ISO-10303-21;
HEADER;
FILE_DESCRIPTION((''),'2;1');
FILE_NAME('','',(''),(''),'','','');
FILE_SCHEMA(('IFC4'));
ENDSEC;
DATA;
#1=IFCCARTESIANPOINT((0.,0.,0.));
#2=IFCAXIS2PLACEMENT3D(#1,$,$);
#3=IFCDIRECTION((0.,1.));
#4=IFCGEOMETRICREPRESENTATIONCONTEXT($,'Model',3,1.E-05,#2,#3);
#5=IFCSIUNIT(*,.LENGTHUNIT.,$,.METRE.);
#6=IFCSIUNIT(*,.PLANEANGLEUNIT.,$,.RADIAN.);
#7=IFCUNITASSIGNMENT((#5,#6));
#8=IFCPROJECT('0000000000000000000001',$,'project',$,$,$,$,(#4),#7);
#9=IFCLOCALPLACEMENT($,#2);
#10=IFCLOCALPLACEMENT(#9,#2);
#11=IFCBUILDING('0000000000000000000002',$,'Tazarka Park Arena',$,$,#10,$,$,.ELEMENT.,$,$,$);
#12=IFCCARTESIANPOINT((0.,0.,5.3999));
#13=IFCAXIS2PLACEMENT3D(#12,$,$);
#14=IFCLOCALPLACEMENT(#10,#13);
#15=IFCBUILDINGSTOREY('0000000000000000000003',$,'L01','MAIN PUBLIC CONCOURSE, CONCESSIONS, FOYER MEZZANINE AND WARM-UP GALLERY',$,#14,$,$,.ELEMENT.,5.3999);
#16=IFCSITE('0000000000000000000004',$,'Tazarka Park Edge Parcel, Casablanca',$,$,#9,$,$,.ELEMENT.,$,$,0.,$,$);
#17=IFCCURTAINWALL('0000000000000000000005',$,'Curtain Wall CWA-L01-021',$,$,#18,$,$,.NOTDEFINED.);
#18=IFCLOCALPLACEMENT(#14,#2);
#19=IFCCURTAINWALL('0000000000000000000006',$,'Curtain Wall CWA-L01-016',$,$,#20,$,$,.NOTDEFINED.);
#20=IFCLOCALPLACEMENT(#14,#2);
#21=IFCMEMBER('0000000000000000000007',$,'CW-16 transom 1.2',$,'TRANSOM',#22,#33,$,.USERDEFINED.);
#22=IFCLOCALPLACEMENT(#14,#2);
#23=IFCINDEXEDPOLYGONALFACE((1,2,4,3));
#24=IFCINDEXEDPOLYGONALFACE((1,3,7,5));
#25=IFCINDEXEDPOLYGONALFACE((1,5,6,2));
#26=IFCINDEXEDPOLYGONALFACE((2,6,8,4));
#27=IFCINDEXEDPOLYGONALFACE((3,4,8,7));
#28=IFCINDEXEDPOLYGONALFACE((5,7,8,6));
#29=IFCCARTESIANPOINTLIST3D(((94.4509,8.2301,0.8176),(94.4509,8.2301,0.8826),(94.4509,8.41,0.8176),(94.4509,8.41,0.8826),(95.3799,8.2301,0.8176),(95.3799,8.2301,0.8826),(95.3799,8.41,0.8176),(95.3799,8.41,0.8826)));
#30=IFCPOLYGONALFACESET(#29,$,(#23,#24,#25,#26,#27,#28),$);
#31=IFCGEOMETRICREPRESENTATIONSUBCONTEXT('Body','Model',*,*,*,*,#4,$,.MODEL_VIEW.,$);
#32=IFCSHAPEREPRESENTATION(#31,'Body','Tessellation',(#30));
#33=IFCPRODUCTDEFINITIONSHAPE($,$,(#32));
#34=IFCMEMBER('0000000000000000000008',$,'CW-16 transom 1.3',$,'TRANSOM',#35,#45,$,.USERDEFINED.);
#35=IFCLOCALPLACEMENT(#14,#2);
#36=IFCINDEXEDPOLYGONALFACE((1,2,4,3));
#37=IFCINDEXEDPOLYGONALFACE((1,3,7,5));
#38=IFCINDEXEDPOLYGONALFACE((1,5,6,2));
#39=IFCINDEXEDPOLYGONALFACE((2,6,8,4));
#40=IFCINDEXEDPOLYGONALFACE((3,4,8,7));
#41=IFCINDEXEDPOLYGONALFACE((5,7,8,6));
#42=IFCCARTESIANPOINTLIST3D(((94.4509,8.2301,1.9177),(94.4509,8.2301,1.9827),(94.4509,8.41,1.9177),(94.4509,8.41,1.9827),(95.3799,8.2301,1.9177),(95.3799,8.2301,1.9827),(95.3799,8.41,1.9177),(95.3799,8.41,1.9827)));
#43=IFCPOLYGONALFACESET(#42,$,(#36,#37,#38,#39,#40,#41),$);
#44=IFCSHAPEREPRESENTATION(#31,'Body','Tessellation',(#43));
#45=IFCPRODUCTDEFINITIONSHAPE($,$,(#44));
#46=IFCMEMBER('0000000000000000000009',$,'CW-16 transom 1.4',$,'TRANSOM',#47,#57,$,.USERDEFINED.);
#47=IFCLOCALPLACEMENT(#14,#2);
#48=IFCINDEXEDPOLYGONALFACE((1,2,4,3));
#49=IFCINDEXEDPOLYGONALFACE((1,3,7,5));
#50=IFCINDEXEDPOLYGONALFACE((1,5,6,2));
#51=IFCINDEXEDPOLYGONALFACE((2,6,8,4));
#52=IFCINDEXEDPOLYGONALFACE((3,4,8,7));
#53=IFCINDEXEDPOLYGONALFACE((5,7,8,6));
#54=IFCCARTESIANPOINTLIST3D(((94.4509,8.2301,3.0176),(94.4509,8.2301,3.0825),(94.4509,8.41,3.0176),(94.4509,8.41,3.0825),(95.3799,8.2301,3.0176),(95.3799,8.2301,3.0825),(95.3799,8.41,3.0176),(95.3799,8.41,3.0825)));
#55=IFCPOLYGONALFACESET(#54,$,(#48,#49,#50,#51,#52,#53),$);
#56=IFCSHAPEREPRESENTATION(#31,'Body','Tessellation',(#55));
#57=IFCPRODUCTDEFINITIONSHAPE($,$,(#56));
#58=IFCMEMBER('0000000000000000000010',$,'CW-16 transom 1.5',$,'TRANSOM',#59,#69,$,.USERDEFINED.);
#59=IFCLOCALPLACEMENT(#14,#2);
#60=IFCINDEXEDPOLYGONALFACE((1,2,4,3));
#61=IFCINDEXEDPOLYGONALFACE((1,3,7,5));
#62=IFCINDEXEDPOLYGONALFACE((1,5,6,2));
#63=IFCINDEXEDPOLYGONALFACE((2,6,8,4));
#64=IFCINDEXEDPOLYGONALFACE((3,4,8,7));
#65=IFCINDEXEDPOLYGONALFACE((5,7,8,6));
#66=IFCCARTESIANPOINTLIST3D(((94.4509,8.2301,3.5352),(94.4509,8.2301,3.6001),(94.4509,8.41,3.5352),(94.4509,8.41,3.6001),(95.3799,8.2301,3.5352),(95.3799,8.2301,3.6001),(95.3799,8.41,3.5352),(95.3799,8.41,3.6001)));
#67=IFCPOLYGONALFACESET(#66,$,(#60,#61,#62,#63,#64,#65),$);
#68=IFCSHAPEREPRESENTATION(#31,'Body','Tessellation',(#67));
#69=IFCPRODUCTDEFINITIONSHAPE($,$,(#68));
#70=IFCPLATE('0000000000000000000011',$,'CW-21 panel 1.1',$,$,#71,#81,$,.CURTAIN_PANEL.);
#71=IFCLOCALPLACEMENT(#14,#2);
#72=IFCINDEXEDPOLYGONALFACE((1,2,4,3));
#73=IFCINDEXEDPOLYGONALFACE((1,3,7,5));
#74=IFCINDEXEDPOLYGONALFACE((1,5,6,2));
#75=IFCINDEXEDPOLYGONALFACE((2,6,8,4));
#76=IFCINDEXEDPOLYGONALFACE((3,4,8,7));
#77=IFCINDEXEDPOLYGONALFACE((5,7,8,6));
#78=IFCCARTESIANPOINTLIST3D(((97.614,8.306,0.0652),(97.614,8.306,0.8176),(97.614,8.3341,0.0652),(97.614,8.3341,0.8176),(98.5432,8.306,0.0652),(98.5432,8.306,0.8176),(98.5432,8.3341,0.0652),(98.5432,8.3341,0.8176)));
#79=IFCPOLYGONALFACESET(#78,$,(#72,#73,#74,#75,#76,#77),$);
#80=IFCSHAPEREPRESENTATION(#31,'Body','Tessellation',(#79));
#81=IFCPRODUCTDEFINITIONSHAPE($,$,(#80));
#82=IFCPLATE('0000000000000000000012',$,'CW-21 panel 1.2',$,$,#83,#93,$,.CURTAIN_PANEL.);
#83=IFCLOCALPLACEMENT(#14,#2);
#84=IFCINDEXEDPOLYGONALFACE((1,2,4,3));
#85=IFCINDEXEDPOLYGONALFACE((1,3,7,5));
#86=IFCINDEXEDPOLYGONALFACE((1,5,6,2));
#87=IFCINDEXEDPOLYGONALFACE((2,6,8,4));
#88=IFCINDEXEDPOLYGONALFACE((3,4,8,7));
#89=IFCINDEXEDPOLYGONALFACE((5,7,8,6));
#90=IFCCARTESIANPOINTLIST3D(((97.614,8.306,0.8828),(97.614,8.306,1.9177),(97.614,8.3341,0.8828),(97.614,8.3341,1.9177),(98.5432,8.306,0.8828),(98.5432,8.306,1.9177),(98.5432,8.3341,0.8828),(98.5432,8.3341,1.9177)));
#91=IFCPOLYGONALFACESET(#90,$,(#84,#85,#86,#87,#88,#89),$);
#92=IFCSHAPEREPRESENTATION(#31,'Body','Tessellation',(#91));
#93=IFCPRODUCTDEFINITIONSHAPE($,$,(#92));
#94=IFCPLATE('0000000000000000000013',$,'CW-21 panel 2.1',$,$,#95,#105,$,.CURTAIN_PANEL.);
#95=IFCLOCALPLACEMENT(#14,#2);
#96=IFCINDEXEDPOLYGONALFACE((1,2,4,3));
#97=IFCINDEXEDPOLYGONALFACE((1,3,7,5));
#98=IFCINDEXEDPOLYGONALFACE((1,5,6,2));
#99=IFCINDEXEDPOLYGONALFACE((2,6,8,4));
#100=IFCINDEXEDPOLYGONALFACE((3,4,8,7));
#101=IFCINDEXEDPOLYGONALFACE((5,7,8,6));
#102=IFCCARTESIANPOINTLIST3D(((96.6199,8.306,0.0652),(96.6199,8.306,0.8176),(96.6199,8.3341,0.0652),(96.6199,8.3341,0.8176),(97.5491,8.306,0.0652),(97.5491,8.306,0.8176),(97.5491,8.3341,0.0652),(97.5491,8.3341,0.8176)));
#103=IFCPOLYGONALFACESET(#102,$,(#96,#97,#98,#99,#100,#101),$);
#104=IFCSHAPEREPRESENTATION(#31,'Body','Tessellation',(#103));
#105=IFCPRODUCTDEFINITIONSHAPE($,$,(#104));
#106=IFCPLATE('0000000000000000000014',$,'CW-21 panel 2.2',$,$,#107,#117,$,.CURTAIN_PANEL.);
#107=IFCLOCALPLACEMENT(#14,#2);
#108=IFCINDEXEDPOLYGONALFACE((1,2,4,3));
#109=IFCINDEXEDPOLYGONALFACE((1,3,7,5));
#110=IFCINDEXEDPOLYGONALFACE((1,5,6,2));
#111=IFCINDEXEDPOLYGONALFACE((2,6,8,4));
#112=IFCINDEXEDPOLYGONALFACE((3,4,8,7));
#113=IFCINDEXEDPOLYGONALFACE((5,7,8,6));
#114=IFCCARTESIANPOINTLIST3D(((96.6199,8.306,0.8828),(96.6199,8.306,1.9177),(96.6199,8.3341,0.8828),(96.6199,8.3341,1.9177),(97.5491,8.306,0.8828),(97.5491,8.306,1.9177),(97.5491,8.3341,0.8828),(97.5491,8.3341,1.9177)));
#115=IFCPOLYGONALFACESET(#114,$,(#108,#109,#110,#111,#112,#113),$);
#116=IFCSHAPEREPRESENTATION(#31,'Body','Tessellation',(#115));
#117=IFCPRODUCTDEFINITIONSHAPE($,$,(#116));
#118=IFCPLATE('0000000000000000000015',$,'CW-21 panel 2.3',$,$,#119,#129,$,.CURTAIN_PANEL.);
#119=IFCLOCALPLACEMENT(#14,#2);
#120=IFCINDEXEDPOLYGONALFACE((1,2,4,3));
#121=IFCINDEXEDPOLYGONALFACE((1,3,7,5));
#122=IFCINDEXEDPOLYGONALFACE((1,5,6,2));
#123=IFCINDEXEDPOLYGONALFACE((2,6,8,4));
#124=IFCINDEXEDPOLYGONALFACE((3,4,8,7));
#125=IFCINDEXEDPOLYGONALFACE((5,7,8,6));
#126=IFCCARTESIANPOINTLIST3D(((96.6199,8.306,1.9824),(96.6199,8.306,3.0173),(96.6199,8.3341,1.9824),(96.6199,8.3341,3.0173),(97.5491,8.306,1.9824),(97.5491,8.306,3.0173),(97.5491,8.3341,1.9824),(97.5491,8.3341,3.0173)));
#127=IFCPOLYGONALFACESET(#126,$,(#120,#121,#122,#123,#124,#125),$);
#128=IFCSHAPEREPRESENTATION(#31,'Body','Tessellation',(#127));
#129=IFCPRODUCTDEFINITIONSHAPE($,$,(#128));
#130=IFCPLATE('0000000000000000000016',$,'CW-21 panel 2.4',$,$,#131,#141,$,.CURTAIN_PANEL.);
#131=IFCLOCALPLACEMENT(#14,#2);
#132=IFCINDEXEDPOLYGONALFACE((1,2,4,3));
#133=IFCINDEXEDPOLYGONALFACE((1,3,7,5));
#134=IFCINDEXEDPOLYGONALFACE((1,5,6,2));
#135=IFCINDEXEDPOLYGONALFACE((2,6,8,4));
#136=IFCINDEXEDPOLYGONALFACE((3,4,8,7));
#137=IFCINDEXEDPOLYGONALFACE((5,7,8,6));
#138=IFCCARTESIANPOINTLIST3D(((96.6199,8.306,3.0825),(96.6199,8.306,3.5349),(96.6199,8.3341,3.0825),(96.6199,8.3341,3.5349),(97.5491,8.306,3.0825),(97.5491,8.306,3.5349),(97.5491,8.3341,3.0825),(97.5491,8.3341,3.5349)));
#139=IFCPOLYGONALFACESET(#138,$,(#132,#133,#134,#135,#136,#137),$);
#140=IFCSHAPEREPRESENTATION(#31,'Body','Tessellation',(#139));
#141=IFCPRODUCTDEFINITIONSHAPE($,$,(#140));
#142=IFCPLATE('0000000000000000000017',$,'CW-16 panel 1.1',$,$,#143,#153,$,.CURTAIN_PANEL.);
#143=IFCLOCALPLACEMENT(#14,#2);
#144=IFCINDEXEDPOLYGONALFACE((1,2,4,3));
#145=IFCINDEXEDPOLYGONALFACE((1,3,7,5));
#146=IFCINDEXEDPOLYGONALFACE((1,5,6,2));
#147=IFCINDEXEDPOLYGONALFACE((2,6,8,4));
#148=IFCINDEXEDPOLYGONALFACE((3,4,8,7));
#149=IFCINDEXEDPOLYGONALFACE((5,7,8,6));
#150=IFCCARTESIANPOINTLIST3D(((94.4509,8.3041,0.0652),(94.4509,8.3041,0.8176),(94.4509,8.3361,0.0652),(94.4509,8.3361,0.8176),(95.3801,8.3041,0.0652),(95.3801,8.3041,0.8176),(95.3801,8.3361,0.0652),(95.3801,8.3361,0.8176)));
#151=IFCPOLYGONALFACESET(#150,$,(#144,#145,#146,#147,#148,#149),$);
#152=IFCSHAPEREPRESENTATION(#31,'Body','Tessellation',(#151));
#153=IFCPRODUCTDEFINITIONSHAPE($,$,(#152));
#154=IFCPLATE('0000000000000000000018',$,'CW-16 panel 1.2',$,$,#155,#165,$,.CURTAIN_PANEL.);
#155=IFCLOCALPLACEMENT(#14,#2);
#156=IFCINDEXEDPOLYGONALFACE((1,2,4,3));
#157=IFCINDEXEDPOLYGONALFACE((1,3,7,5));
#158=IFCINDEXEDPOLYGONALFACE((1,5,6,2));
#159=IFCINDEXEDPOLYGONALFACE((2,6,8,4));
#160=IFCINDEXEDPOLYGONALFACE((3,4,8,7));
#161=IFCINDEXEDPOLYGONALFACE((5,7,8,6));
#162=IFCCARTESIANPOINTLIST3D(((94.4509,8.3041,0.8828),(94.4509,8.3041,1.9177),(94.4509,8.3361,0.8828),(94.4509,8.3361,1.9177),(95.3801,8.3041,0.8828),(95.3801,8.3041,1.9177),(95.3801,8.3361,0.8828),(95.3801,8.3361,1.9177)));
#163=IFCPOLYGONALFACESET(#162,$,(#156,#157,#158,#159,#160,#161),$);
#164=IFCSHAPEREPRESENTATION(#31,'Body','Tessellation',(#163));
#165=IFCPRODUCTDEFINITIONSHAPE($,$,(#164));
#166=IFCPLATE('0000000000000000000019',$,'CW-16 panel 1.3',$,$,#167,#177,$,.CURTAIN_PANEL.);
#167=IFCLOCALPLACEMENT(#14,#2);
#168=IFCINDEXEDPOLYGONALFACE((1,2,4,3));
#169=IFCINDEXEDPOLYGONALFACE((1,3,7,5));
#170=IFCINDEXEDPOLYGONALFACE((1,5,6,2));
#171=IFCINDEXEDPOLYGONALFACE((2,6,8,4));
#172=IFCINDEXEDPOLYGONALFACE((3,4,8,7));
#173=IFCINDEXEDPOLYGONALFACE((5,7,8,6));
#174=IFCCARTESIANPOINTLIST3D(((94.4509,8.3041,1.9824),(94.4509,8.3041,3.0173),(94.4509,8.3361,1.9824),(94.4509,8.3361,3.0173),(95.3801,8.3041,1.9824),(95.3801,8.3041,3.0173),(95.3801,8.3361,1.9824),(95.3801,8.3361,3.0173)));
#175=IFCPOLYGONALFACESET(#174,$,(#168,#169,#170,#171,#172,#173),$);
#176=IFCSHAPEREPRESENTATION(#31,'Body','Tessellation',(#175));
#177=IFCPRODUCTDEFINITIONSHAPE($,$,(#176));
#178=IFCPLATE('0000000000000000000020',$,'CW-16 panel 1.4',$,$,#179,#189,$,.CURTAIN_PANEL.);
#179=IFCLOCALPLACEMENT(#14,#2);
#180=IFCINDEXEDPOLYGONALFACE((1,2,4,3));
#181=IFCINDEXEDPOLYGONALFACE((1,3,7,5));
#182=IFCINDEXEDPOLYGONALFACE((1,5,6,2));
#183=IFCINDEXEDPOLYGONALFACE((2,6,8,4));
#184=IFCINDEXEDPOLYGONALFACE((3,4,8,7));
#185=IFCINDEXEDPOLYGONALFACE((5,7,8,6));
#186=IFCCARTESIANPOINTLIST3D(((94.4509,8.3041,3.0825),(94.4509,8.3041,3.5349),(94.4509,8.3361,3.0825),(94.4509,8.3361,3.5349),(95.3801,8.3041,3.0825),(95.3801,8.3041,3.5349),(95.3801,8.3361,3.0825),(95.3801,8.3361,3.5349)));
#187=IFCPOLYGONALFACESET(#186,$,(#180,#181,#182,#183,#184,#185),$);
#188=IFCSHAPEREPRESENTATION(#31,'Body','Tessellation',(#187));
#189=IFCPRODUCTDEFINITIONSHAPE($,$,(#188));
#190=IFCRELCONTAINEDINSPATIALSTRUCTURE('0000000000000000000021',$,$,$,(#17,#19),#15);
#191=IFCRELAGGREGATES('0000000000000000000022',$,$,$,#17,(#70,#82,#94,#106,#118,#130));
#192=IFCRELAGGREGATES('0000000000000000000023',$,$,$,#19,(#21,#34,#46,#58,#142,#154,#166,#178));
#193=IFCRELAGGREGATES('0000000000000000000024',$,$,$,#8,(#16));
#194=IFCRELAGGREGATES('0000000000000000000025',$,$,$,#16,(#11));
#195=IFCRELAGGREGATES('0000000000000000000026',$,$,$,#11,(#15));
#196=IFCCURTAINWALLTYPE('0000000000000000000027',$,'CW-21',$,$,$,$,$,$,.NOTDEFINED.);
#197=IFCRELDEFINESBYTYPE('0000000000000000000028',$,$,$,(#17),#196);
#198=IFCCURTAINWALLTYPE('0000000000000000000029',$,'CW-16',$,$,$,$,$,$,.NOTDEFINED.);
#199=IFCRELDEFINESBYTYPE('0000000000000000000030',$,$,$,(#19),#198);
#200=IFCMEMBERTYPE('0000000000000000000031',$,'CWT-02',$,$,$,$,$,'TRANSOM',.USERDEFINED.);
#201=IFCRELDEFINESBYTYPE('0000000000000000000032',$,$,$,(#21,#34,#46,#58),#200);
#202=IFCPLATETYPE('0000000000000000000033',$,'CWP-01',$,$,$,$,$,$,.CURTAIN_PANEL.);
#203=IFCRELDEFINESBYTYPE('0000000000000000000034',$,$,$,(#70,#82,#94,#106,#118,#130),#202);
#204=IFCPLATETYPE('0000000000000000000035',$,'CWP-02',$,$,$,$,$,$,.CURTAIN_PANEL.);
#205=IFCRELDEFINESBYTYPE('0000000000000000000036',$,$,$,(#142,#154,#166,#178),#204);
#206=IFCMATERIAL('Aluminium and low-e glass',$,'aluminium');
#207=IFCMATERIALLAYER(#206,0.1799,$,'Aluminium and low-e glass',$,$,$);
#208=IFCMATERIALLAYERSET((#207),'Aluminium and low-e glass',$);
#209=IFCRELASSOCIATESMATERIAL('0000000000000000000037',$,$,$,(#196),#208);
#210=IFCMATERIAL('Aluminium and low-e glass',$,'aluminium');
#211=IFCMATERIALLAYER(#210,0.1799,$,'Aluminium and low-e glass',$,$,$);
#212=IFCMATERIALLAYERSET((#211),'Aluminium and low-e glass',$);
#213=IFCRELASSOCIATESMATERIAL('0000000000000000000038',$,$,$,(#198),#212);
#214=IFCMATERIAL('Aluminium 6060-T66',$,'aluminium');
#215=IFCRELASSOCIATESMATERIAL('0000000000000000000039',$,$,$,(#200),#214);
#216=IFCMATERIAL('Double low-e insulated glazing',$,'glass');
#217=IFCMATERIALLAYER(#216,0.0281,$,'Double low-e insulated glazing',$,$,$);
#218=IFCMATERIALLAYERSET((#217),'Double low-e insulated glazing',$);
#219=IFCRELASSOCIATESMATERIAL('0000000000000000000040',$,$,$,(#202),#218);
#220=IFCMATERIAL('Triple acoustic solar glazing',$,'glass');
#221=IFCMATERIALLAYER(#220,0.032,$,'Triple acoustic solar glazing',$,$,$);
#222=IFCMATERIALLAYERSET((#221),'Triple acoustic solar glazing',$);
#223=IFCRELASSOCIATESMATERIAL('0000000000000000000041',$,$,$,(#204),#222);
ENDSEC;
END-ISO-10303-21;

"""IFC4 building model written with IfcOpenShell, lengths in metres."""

from ifc_helpers import new_model, si_unit, direction, frame, origin, origin_2d, place, context, subcontext, project, spatial, rectangle, extrude, material, layer, layer_set, material_profile, profile_set, type_object, element, aggregate, save


model = new_model("IFC4")

# Units and contexts
model_context = context("Model", 3, precision=1e-05, world=origin(), true_north=direction((0.0, 1.0)))
body_context = subcontext(model_context, "Body", "Model", "MODEL_VIEW")
ifc_project = project(units=[si_unit("LENGTHUNIT", "METRE"), si_unit("PLANEANGLEUNIT", "RADIAN")], contexts=[model_context])

# Site, building, storey
site_placement = place(None, origin())
site = spatial("IfcSite", under=ifc_project, at=site_placement, Name="Tazarka Park Edge Parcel, Casablanca", CompositionType="ELEMENT", RefElevation=0.0)
building_placement = place(site_placement, origin())
building = spatial("IfcBuilding", under=site, at=building_placement, Name="Tazarka Park Arena", CompositionType="ELEMENT")
storey_placement = place(building_placement, frame((0.0, 0.0, 5.3999)))
storey = spatial("IfcBuildingStorey", under=building, at=storey_placement, Name="L01", Description="MAIN PUBLIC CONCOURSE, CONCESSIONS, FOYER MEZZANINE AND WARM-UP GALLERY", CompositionType="ELEMENT", Elevation=5.3999)

# Curtain walls
ifc_material_1 = material(Name="Aluminium and low-e glass", Category="aluminium")
ifc_layer_1 = layer(ifc_material_1, 0.1799, Name="Aluminium and low-e glass")
ifc_layer_set_1 = layer_set([ifc_layer_1], Name="Aluminium and low-e glass")
curtain_wall_type_1 = type_object("IfcCurtainWallType", Name="CW-21", PredefinedType="NOTDEFINED", material=ifc_layer_set_1)
curtain_wall_1_placement = place(storey_placement, origin())
curtain_wall_1 = element("IfcCurtainWall", 1, at=curtain_wall_1_placement, inside=storey, type_object=curtain_wall_type_1, Name="Curtain Wall CWA-L01-021", PredefinedType="NOTDEFINED")
ifc_material_2 = material(Name="Aluminium and low-e glass", Category="aluminium")
ifc_layer_2 = layer(ifc_material_2, 0.1799, Name="Aluminium and low-e glass")
ifc_layer_set_2 = layer_set([ifc_layer_2], Name="Aluminium and low-e glass")
curtain_wall_type_2 = type_object("IfcCurtainWallType", Name="CW-16", PredefinedType="NOTDEFINED", material=ifc_layer_set_2)
curtain_wall_2_placement = place(storey_placement, origin())
curtain_wall_2 = element("IfcCurtainWall", 2, at=curtain_wall_2_placement, inside=storey, type_object=curtain_wall_type_2, Name="Curtain Wall CWA-L01-016", PredefinedType="NOTDEFINED")

# Members
ifc_material_3 = material(Name="Aluminium 6060-T66", Category="aluminium")
ifc_material_profile_1 = material_profile(ifc_material_3, rectangle(XDim=0.1799, YDim=0.0649, at=origin_2d()), Name="Aluminium 6060-T66")
ifc_profile_set_1 = profile_set([ifc_material_profile_1], Name="Aluminium 6060-T66")
member_type_1 = type_object("IfcMemberType", Name="CWT-02", ElementType="TRANSOM", PredefinedType="USERDEFINED", material=ifc_profile_set_1)
member_1_placement = place(storey_placement, frame((95.3799, 8.3201, 0.8501), z_axis=(-1.0, 0.0, 0.0), x_axis=(0.0, -1.0, 0.0)))
member_1 = element("IfcMember", 3, at=member_1_placement, type_object=member_type_1, Name="CW-16 transom 1.2", ObjectType="TRANSOM", PredefinedType="USERDEFINED", context=body_context, shape_type="SweptSolid", body=[
    extrude(rectangle(XDim=0.1799, YDim=0.0649, at=origin_2d()), origin(), (0.0, 0.0, 1.0), 0.929),
])
member_2_placement = place(storey_placement, frame((95.3799, 8.3201, 1.9502), z_axis=(-1.0, 0.0, 0.0), x_axis=(0.0, -1.0, 0.0)))
member_2 = element("IfcMember", 4, at=member_2_placement, type_object=member_type_1, Name="CW-16 transom 1.3", ObjectType="TRANSOM", PredefinedType="USERDEFINED", context=body_context, shape_type="SweptSolid", body=[
    extrude(rectangle(XDim=0.1799, YDim=0.0649, at=origin_2d()), origin(), (0.0, 0.0, 1.0), 0.929),
])
member_3_placement = place(storey_placement, frame((95.3799, 8.3201, 3.05), z_axis=(-1.0, 0.0, 0.0), x_axis=(0.0, -1.0, 0.0)))
member_3 = element("IfcMember", 5, at=member_3_placement, type_object=member_type_1, Name="CW-16 transom 1.4", ObjectType="TRANSOM", PredefinedType="USERDEFINED", context=body_context, shape_type="SweptSolid", body=[
    extrude(rectangle(XDim=0.1799, YDim=0.0649, at=origin_2d()), origin(), (0.0, 0.0, 1.0), 0.929),
])
member_4_placement = place(storey_placement, frame((95.3799, 8.3201, 3.5676), z_axis=(-1.0, 0.0, 0.0), x_axis=(0.0, -1.0, 0.0)))
member_4 = element("IfcMember", 6, at=member_4_placement, type_object=member_type_1, Name="CW-16 transom 1.5", ObjectType="TRANSOM", PredefinedType="USERDEFINED", context=body_context, shape_type="SweptSolid", body=[
    extrude(rectangle(XDim=0.1799, YDim=0.0649, at=origin_2d()), origin(), (0.0, 0.0, 1.0), 0.929),
])

# Plates
ifc_material_4 = material(Name="Double low-e insulated glazing", Category="glass")
ifc_layer_3 = layer(ifc_material_4, 0.0281, Name="Double low-e insulated glazing")
ifc_layer_set_3 = layer_set([ifc_layer_3], Name="Double low-e insulated glazing")
plate_type_1 = type_object("IfcPlateType", Name="CWP-01", PredefinedType="CURTAIN_PANEL", material=ifc_layer_set_3)
plate_1_placement = place(storey_placement, frame((98.0786, 8.3201, 0.0652), z_axis=(0.0, 0.0, 1.0), x_axis=(-1.0, 0.0, 0.0)))
plate_1 = element("IfcPlate", 7, at=plate_1_placement, type_object=plate_type_1, Name="CW-21 panel 1.1", PredefinedType="CURTAIN_PANEL", context=body_context, shape_type="SweptSolid", body=[
    extrude(rectangle(XDim=0.9292, YDim=0.0281, at=origin_2d()), origin(), (0.0, 0.0, 1.0), 0.7524),
])
plate_2_placement = place(storey_placement, frame((98.0786, 8.3201, 0.8828), z_axis=(0.0, 0.0, 1.0), x_axis=(-1.0, 0.0, 0.0)))
plate_2 = element("IfcPlate", 8, at=plate_2_placement, type_object=plate_type_1, Name="CW-21 panel 1.2", PredefinedType="CURTAIN_PANEL", context=body_context, shape_type="SweptSolid", body=[
    extrude(rectangle(XDim=0.9292, YDim=0.0281, at=origin_2d()), origin(), (0.0, 0.0, 1.0), 1.0349),
])
plate_3_placement = place(storey_placement, frame((97.0845, 8.3201, 0.0652), z_axis=(0.0, 0.0, 1.0), x_axis=(-1.0, 0.0, 0.0)))
plate_3 = element("IfcPlate", 9, at=plate_3_placement, type_object=plate_type_1, Name="CW-21 panel 2.1", PredefinedType="CURTAIN_PANEL", context=body_context, shape_type="SweptSolid", body=[
    extrude(rectangle(XDim=0.9292, YDim=0.0281, at=origin_2d()), origin(), (0.0, 0.0, 1.0), 0.7524),
])
plate_4_placement = place(storey_placement, frame((97.0845, 8.3201, 0.8828), z_axis=(0.0, 0.0, 1.0), x_axis=(-1.0, 0.0, 0.0)))
plate_4 = element("IfcPlate", 10, at=plate_4_placement, type_object=plate_type_1, Name="CW-21 panel 2.2", PredefinedType="CURTAIN_PANEL", context=body_context, shape_type="SweptSolid", body=[
    extrude(rectangle(XDim=0.9292, YDim=0.0281, at=origin_2d()), origin(), (0.0, 0.0, 1.0), 1.0349),
])
plate_5_placement = place(storey_placement, frame((97.0845, 8.3201, 1.9824), z_axis=(0.0, 0.0, 1.0), x_axis=(-1.0, 0.0, 0.0)))
plate_5 = element("IfcPlate", 11, at=plate_5_placement, type_object=plate_type_1, Name="CW-21 panel 2.3", PredefinedType="CURTAIN_PANEL", context=body_context, shape_type="SweptSolid", body=[
    extrude(rectangle(XDim=0.9292, YDim=0.0281, at=origin_2d()), origin(), (0.0, 0.0, 1.0), 1.0349),
])
plate_6_placement = place(storey_placement, frame((97.0845, 8.3201, 3.0825), z_axis=(0.0, 0.0, 1.0), x_axis=(-1.0, 0.0, 0.0)))
plate_6 = element("IfcPlate", 12, at=plate_6_placement, type_object=plate_type_1, Name="CW-21 panel 2.4", PredefinedType="CURTAIN_PANEL", context=body_context, shape_type="SweptSolid", body=[
    extrude(rectangle(XDim=0.9292, YDim=0.0281, at=origin_2d()), origin(), (0.0, 0.0, 1.0), 0.4524),
])
aggregate(curtain_wall_1, [plate_1, plate_2, plate_3, plate_4, plate_5, plate_6])
ifc_material_5 = material(Name="Triple acoustic solar glazing", Category="glass")
ifc_layer_4 = layer(ifc_material_5, 0.032, Name="Triple acoustic solar glazing")
ifc_layer_set_4 = layer_set([ifc_layer_4], Name="Triple acoustic solar glazing")
plate_type_2 = type_object("IfcPlateType", Name="CWP-02", PredefinedType="CURTAIN_PANEL", material=ifc_layer_set_4)
plate_7_placement = place(storey_placement, frame((94.9155, 8.3201, 0.0652), z_axis=(0.0, 0.0, 1.0), x_axis=(-1.0, 0.0, 0.0)))
plate_7 = element("IfcPlate", 13, at=plate_7_placement, type_object=plate_type_2, Name="CW-16 panel 1.1", PredefinedType="CURTAIN_PANEL", context=body_context, shape_type="SweptSolid", body=[
    extrude(rectangle(XDim=0.9292, YDim=0.032, at=origin_2d()), origin(), (0.0, 0.0, 1.0), 0.7524),
])
plate_8_placement = place(storey_placement, frame((94.9155, 8.3201, 0.8828), z_axis=(0.0, 0.0, 1.0), x_axis=(-1.0, 0.0, 0.0)))
plate_8 = element("IfcPlate", 14, at=plate_8_placement, type_object=plate_type_2, Name="CW-16 panel 1.2", PredefinedType="CURTAIN_PANEL", context=body_context, shape_type="SweptSolid", body=[
    extrude(rectangle(XDim=0.9292, YDim=0.032, at=origin_2d()), origin(), (0.0, 0.0, 1.0), 1.0349),
])
plate_9_placement = place(storey_placement, frame((94.9155, 8.3201, 1.9824), z_axis=(0.0, 0.0, 1.0), x_axis=(-1.0, 0.0, 0.0)))
plate_9 = element("IfcPlate", 15, at=plate_9_placement, type_object=plate_type_2, Name="CW-16 panel 1.3", PredefinedType="CURTAIN_PANEL", context=body_context, shape_type="SweptSolid", body=[
    extrude(rectangle(XDim=0.9292, YDim=0.032, at=origin_2d()), origin(), (0.0, 0.0, 1.0), 1.0349),
])
plate_10_placement = place(storey_placement, frame((94.9155, 8.3201, 3.0825), z_axis=(0.0, 0.0, 1.0), x_axis=(-1.0, 0.0, 0.0)))
plate_10 = element("IfcPlate", 16, at=plate_10_placement, type_object=plate_type_2, Name="CW-16 panel 1.4", PredefinedType="CURTAIN_PANEL", context=body_context, shape_type="SweptSolid", body=[
    extrude(rectangle(XDim=0.9292, YDim=0.032, at=origin_2d()), origin(), (0.0, 0.0, 1.0), 0.4524),
])
aggregate(curtain_wall_2, [member_1, member_2, member_3, member_4, plate_7, plate_8, plate_9, plate_10])

save(model, "model.ifc")
